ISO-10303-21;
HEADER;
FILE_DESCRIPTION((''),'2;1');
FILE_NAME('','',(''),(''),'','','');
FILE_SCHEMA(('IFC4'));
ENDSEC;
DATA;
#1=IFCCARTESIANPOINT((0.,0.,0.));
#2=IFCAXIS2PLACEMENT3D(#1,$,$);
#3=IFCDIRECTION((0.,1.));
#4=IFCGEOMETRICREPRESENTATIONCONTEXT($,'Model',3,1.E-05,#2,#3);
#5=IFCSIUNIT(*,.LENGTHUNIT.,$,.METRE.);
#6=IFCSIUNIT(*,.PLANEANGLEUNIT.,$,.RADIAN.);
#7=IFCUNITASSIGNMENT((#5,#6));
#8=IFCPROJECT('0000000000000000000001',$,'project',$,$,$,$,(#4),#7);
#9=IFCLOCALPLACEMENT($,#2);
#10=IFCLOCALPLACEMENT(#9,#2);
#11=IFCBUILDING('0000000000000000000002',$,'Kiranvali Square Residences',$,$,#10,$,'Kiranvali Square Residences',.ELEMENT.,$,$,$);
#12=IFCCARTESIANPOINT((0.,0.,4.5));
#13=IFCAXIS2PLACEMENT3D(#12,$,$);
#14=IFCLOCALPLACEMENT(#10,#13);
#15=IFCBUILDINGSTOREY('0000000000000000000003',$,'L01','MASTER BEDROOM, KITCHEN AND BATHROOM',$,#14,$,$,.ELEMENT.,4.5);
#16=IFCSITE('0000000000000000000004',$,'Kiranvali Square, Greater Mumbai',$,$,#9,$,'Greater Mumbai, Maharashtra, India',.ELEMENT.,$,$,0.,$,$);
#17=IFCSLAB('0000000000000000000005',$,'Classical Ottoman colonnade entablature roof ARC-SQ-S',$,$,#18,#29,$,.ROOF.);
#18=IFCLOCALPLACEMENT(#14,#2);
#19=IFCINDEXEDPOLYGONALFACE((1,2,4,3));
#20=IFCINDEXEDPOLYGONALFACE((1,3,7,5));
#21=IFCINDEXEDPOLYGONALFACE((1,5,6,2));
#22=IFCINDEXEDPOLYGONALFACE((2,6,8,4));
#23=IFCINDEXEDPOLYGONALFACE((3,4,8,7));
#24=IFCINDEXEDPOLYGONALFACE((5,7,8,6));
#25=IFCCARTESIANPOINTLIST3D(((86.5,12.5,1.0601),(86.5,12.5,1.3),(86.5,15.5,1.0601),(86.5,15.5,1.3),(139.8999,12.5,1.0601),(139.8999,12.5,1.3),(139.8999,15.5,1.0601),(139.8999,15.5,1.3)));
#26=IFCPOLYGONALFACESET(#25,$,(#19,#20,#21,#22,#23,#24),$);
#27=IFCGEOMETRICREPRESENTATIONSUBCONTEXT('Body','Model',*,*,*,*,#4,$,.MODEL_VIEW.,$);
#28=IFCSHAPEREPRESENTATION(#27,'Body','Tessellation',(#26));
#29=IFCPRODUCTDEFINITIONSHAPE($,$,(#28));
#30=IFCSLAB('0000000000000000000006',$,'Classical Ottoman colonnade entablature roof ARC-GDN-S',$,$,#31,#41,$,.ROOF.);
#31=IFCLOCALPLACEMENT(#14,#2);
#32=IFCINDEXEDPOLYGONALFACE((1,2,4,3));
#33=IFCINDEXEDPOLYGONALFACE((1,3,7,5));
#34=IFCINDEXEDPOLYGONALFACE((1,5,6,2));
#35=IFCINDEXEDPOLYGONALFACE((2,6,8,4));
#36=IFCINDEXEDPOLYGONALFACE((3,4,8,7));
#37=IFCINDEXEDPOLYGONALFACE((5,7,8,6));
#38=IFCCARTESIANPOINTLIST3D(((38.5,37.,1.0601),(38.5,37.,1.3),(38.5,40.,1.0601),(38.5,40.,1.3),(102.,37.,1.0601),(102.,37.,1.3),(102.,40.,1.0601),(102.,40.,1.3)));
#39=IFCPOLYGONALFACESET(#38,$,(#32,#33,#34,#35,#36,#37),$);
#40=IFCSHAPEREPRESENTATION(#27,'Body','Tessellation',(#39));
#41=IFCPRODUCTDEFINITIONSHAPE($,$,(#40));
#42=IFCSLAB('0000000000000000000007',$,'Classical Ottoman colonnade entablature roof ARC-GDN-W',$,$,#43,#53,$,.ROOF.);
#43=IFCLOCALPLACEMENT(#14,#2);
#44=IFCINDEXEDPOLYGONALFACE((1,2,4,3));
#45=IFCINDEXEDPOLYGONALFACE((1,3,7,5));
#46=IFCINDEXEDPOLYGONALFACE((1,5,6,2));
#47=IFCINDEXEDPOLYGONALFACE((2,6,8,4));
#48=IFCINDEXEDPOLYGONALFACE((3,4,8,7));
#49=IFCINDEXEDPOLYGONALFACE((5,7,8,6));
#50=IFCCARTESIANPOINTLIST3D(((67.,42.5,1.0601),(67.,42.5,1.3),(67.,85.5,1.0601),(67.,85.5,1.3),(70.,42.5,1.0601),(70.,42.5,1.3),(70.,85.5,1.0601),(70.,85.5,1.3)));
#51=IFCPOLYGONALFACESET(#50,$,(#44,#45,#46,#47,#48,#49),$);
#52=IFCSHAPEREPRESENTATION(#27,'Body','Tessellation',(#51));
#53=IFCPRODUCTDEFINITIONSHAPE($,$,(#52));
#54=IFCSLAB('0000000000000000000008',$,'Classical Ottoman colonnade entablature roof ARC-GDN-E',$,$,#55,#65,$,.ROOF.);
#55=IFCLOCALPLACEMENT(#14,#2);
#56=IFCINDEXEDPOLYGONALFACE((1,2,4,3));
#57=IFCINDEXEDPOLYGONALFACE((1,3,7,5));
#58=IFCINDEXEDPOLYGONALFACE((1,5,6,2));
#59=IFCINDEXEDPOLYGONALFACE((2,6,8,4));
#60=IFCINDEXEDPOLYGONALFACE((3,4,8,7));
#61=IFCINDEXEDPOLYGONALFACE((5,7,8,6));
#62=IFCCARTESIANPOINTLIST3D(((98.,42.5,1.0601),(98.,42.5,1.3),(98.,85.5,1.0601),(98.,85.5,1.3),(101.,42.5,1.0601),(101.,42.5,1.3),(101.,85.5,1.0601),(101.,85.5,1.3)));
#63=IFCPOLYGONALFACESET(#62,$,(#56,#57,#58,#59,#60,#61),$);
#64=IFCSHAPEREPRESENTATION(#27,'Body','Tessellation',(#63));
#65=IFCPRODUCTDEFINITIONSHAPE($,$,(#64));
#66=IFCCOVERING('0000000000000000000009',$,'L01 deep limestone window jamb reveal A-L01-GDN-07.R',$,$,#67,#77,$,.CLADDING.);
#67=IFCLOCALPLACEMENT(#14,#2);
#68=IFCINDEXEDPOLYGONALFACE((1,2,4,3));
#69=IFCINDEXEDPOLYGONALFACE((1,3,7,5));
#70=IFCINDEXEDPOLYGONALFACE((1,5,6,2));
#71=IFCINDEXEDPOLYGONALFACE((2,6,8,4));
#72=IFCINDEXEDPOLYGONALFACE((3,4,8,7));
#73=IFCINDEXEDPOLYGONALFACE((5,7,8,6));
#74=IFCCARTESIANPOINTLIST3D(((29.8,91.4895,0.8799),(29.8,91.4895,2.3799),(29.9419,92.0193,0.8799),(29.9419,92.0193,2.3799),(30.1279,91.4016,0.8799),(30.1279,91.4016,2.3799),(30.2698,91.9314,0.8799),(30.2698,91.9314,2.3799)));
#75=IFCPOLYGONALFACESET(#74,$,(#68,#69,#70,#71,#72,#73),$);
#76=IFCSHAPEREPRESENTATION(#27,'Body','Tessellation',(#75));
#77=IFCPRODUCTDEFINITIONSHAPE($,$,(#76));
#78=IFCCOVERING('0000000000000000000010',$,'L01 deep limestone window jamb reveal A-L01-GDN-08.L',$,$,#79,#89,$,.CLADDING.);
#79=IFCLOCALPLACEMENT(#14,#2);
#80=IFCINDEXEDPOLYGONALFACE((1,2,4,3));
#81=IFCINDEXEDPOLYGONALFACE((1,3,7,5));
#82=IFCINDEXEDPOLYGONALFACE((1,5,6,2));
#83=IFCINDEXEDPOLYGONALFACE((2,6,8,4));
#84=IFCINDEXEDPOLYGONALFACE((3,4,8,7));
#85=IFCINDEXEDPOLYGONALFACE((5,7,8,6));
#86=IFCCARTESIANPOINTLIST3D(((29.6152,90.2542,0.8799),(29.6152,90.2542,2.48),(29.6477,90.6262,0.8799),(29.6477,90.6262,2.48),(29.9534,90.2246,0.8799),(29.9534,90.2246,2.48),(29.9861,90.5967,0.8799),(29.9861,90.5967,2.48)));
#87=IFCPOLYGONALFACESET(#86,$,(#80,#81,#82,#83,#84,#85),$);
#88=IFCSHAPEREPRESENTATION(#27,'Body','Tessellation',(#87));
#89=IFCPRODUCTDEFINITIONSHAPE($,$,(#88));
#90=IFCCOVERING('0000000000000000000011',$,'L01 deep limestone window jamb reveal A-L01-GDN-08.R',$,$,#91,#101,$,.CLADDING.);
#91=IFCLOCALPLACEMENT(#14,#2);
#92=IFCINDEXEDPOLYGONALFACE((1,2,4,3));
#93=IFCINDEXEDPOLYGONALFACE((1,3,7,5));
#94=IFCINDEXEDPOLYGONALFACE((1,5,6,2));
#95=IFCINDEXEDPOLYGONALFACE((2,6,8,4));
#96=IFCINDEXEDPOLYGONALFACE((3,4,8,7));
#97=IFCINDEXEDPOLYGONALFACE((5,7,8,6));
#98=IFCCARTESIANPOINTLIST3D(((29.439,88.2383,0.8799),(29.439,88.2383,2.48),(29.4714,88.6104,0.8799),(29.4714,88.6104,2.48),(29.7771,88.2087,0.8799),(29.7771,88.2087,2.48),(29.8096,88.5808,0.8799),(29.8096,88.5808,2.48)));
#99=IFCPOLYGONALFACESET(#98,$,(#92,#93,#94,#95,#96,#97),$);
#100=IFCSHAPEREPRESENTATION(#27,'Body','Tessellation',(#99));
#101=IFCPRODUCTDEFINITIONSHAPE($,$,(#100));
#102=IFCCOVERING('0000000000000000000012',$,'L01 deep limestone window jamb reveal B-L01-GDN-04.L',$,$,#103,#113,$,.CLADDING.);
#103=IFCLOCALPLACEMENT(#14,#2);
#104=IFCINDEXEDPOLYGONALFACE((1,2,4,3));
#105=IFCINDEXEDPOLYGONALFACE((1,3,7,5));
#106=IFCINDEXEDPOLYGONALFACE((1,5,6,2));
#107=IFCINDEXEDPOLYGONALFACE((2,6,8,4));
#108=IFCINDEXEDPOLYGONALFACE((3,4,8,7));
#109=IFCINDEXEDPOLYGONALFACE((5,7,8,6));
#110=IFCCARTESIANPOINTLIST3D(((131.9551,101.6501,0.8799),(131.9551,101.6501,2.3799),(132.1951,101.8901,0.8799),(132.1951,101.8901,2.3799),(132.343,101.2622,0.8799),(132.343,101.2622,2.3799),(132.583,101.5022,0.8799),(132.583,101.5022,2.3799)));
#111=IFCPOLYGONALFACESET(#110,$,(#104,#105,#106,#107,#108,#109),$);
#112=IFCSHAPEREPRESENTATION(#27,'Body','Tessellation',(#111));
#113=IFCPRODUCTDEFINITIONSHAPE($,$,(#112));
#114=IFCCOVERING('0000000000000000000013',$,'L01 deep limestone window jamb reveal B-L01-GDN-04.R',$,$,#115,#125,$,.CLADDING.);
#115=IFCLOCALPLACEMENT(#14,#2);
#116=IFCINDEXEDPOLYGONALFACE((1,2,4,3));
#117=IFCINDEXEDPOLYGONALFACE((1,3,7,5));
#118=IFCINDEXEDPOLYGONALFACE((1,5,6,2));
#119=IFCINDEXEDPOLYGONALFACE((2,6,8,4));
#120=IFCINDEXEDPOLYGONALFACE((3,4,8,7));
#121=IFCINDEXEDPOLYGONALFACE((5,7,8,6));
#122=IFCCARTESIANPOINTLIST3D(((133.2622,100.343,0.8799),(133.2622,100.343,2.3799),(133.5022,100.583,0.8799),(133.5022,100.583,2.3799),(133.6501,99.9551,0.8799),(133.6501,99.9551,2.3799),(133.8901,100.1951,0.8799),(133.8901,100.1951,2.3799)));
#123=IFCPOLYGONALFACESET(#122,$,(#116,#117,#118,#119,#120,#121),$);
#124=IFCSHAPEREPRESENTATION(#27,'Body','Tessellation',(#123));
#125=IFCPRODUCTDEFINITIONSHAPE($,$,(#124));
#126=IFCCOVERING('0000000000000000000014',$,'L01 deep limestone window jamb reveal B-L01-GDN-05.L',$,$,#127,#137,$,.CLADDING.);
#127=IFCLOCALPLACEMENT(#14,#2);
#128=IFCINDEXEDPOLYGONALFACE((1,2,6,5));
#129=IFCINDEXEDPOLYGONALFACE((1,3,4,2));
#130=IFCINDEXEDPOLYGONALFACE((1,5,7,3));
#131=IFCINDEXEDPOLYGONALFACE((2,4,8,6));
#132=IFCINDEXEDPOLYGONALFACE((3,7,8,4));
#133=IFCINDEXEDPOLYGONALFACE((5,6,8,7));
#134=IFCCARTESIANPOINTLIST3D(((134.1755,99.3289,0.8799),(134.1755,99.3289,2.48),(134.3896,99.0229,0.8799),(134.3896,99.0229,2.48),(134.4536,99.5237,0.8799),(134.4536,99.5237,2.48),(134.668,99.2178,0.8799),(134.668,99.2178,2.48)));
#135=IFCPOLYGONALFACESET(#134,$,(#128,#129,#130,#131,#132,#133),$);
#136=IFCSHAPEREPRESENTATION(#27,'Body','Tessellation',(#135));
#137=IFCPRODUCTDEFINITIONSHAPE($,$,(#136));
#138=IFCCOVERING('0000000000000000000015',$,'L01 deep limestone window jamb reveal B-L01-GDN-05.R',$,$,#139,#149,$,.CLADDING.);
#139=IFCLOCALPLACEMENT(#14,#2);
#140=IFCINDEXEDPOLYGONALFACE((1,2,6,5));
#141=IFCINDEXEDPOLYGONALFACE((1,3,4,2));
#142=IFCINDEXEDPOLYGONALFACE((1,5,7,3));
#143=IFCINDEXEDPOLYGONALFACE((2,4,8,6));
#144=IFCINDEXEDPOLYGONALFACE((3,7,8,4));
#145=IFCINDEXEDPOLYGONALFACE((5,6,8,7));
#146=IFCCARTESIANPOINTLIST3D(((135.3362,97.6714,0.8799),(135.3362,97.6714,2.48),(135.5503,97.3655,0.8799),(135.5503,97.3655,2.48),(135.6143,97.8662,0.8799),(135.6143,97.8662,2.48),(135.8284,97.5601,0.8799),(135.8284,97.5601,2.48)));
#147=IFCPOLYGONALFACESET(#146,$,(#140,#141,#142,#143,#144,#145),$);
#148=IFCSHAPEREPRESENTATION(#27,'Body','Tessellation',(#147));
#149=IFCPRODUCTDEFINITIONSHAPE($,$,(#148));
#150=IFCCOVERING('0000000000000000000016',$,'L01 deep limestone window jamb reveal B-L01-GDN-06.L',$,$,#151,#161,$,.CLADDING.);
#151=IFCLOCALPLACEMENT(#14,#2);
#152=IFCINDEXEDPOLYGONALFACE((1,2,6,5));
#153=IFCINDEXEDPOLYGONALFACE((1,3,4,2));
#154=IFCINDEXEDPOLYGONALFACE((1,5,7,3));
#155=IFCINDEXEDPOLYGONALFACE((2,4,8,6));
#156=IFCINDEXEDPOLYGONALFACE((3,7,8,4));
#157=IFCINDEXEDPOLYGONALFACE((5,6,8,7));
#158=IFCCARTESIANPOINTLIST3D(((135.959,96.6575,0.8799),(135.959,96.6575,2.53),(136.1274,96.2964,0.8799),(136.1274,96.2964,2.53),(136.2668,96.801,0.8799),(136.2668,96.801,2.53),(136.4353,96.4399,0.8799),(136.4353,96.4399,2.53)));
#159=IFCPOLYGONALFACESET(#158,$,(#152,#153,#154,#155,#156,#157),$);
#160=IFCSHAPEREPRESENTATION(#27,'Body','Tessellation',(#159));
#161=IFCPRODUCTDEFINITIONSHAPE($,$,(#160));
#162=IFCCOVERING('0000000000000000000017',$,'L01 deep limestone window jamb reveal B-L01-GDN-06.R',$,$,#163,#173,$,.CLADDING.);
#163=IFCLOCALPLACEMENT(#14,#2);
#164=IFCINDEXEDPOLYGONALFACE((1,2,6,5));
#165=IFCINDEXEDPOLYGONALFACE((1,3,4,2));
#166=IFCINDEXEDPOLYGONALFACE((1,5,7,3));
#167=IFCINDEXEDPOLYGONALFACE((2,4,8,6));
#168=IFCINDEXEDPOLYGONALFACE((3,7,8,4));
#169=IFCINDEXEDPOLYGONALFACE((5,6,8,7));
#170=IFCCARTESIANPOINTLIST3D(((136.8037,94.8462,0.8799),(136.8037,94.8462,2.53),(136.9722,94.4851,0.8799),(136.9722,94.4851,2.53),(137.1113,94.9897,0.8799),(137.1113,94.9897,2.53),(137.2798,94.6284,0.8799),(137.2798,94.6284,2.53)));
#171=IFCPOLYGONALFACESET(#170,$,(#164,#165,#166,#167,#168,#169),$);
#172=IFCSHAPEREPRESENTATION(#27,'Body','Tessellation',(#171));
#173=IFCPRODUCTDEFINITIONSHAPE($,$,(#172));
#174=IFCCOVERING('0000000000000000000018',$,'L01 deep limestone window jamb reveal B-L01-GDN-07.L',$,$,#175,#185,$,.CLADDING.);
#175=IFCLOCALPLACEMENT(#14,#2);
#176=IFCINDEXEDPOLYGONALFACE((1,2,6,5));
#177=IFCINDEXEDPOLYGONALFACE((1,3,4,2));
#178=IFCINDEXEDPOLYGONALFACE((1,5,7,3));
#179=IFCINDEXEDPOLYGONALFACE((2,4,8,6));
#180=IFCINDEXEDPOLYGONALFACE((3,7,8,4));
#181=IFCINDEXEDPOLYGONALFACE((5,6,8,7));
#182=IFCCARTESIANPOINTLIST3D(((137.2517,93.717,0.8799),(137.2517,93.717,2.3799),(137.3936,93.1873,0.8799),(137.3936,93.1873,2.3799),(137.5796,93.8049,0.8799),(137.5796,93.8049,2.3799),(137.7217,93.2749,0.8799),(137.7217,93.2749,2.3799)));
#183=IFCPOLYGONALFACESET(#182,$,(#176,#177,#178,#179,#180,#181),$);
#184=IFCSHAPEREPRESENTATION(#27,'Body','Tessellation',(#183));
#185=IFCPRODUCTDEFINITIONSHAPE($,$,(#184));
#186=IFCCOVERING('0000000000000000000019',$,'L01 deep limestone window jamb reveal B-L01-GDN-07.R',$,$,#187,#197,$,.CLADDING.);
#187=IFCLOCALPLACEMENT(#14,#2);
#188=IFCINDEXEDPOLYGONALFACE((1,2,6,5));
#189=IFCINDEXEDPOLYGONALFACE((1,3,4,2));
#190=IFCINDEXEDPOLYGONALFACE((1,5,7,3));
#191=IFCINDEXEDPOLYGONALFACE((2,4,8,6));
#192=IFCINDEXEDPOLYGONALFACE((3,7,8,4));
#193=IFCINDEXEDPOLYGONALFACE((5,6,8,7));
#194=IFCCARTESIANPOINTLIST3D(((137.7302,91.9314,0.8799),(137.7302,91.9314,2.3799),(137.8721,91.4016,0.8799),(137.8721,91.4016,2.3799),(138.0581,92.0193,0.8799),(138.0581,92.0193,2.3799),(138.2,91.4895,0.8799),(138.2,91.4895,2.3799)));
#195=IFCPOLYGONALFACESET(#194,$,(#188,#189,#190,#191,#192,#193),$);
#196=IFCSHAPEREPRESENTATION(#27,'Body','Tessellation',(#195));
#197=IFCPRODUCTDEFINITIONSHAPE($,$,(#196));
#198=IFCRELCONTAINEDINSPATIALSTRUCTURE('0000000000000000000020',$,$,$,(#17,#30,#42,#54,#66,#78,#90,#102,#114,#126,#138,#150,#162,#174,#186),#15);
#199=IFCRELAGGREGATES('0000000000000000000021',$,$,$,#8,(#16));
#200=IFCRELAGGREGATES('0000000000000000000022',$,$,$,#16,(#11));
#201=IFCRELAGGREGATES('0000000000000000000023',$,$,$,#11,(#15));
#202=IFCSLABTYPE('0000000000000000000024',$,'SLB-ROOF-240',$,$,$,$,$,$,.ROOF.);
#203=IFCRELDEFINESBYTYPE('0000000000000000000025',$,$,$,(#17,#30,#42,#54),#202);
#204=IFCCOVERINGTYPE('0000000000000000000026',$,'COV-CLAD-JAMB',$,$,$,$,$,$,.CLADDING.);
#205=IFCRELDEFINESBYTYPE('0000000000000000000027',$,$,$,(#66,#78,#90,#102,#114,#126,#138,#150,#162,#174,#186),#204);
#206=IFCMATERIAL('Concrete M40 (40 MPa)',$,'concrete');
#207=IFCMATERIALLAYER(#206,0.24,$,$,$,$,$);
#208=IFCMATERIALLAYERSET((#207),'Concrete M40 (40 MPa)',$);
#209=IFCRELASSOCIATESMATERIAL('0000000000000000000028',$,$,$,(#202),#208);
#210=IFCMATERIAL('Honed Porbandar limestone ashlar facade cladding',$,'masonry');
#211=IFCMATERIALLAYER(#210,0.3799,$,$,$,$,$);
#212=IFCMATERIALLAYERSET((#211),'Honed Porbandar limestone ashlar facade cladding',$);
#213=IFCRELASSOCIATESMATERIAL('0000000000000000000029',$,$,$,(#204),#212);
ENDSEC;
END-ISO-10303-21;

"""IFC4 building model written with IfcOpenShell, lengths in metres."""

from ifc_helpers import new_model, si_unit, direction, frame, origin, place, context, subcontext, project, spatial, polyline, outline, extrude, material, layer, layer_set, type_object, element, save


model = new_model("IFC4")

# Units and contexts
model_context = context("Model", 3, precision=1e-05, world=origin(), true_north=direction((0.0, 1.0)))
body_context = subcontext(model_context, "Body", "Model", "MODEL_VIEW")
ifc_project = project(units=[si_unit("LENGTHUNIT", "METRE"), si_unit("PLANEANGLEUNIT", "RADIAN")], contexts=[model_context])

# Site, building, storey
site_placement = place(None, origin())
site = spatial("IfcSite", under=ifc_project, at=site_placement, Name="Kiranvali Square, Greater Mumbai", LongName="Greater Mumbai, Maharashtra, India", CompositionType="ELEMENT", RefElevation=0.0)
building_placement = place(site_placement, origin())
building = spatial("IfcBuilding", under=site, at=building_placement, Name="Kiranvali Square Residences", LongName="Kiranvali Square Residences", CompositionType="ELEMENT")
storey_placement = place(building_placement, frame((0.0, 0.0, 4.5)))
storey = spatial("IfcBuildingStorey", under=building, at=storey_placement, Name="L01", Description="MASTER BEDROOM, KITCHEN AND BATHROOM", CompositionType="ELEMENT", Elevation=4.5)

# Slabs
ifc_material_1 = material(Name="Concrete M40 (40 MPa)", Category="concrete")
ifc_layer_1 = layer(ifc_material_1, 0.24)
ifc_layer_set_1 = layer_set([ifc_layer_1], Name="Concrete M40 (40 MPa)")
slab_type = type_object("IfcSlabType", Name="SLB-ROOF-240", PredefinedType="ROOF", material=ifc_layer_set_1)
slab_1_placement = place(storey_placement, frame((0.0, 0.0, 1.0601)))
element("IfcSlab", 1, at=slab_1_placement, inside=storey, type_object=slab_type, Name="Classical Ottoman colonnade entablature roof ARC-SQ-S", PredefinedType="ROOF", context=body_context, shape_type="SweptSolid", body=[
    extrude(outline(polyline([(86.5, 12.5), (139.8999, 12.5), (139.8999, 15.5), (86.5, 15.5), (86.5, 12.5)])), origin(), (0.0, 0.0, 1.0), 0.24),
])
slab_2_placement = place(storey_placement, frame((0.0, 0.0, 1.0601)))
element("IfcSlab", 2, at=slab_2_placement, inside=storey, type_object=slab_type, Name="Classical Ottoman colonnade entablature roof ARC-GDN-S", PredefinedType="ROOF", context=body_context, shape_type="SweptSolid", body=[
    extrude(outline(polyline([(38.5, 37.0), (102.0, 37.0), (102.0, 40.0), (38.5, 40.0), (38.5, 37.0)])), origin(), (0.0, 0.0, 1.0), 0.24),
])
slab_3_placement = place(storey_placement, frame((0.0, 0.0, 1.0601)))
element("IfcSlab", 3, at=slab_3_placement, inside=storey, type_object=slab_type, Name="Classical Ottoman colonnade entablature roof ARC-GDN-W", PredefinedType="ROOF", context=body_context, shape_type="SweptSolid", body=[
    extrude(outline(polyline([(67.0, 42.5), (70.0, 42.5), (70.0, 85.5), (67.0, 85.5), (67.0, 42.5)])), origin(), (0.0, 0.0, 1.0), 0.24),
])
slab_4_placement = place(storey_placement, frame((0.0, 0.0, 1.0601)))
element("IfcSlab", 4, at=slab_4_placement, inside=storey, type_object=slab_type, Name="Classical Ottoman colonnade entablature roof ARC-GDN-E", PredefinedType="ROOF", context=body_context, shape_type="SweptSolid", body=[
    extrude(outline(polyline([(98.0, 42.5), (101.0, 42.5), (101.0, 85.5), (98.0, 85.5), (98.0, 42.5)])), origin(), (0.0, 0.0, 1.0), 0.24),
])

# Coverings
ifc_material_2 = material(Name="Honed Porbandar limestone ashlar facade cladding", Category="masonry")
ifc_layer_2 = layer(ifc_material_2, 0.3799)
ifc_layer_set_2 = layer_set([ifc_layer_2], Name="Honed Porbandar limestone ashlar facade cladding")
covering_type_1 = type_object("IfcCoveringType", Name="COV-CLAD-JAMB", PredefinedType="CLADDING", material=ifc_layer_set_2)
covering_1_placement = place(storey_placement, frame((0.0, 0.0, 0.8799)))
element("IfcCovering", 5, at=covering_1_placement, inside=storey, type_object=covering_type_1, Name="L01 deep limestone window jamb reveal A-L01-GDN-07.R", PredefinedType="CLADDING", context=body_context, shape_type="SweptSolid", body=[
    extrude(outline(polyline([(29.9419, 92.0193), (29.8, 91.4895), (30.1279, 91.4016), (30.2698, 91.9314), (29.9419, 92.0193)])), origin(), (0.0, 0.0, 1.0), 1.5),
])
covering_2_placement = place(storey_placement, frame((0.0, 0.0, 0.8799)))
element("IfcCovering", 6, at=covering_2_placement, inside=storey, type_object=covering_type_1, Name="L01 deep limestone window jamb reveal A-L01-GDN-08.L", PredefinedType="CLADDING", context=body_context, shape_type="SweptSolid", body=[
    extrude(outline(polyline([(29.6477, 90.6262), (29.6152, 90.2542), (29.9534, 90.2246), (29.9861, 90.5967), (29.6477, 90.6262)])), origin(), (0.0, 0.0, 1.0), 1.6001),
])
covering_3_placement = place(storey_placement, frame((0.0, 0.0, 0.8799)))
element("IfcCovering", 7, at=covering_3_placement, inside=storey, type_object=covering_type_1, Name="L01 deep limestone window jamb reveal A-L01-GDN-08.R", PredefinedType="CLADDING", context=body_context, shape_type="SweptSolid", body=[
    extrude(outline(polyline([(29.4714, 88.6104), (29.439, 88.2383), (29.7771, 88.2087), (29.8096, 88.5808), (29.4714, 88.6104)])), origin(), (0.0, 0.0, 1.0), 1.6001),
])
covering_4_placement = place(storey_placement, frame((0.0, 0.0, 0.8799)))
element("IfcCovering", 8, at=covering_4_placement, inside=storey, type_object=covering_type_1, Name="L01 deep limestone window jamb reveal B-L01-GDN-04.L", PredefinedType="CLADDING", context=body_context, shape_type="SweptSolid", body=[
    extrude(outline(polyline([(131.9551, 101.6501), (132.343, 101.2622), (132.583, 101.5022), (132.1951, 101.8901), (131.9551, 101.6501)])), origin(), (0.0, 0.0, 1.0), 1.5),
])
covering_5_placement = place(storey_placement, frame((0.0, 0.0, 0.8799)))
element("IfcCovering", 9, at=covering_5_placement, inside=storey, type_object=covering_type_1, Name="L01 deep limestone window jamb reveal B-L01-GDN-04.R", PredefinedType="CLADDING", context=body_context, shape_type="SweptSolid", body=[
    extrude(outline(polyline([(133.2622, 100.343), (133.6501, 99.9551), (133.8901, 100.1951), (133.5022, 100.583), (133.2622, 100.343)])), origin(), (0.0, 0.0, 1.0), 1.5),
])
covering_6_placement = place(storey_placement, frame((0.0, 0.0, 0.8799)))
element("IfcCovering", 10, at=covering_6_placement, inside=storey, type_object=covering_type_1, Name="L01 deep limestone window jamb reveal B-L01-GDN-05.L", PredefinedType="CLADDING", context=body_context, shape_type="SweptSolid", body=[
    extrude(outline(polyline([(134.1755, 99.3289), (134.3896, 99.0229), (134.668, 99.2178), (134.4536, 99.5237), (134.1755, 99.3289)])), origin(), (0.0, 0.0, 1.0), 1.6001),
])
covering_7_placement = place(storey_placement, frame((0.0, 0.0, 0.8799)))
element("IfcCovering", 11, at=covering_7_placement, inside=storey, type_object=covering_type_1, Name="L01 deep limestone window jamb reveal B-L01-GDN-05.R", PredefinedType="CLADDING", context=body_context, shape_type="SweptSolid", body=[
    extrude(outline(polyline([(135.3362, 97.6714), (135.5503, 97.3655), (135.8284, 97.5601), (135.6143, 97.8662), (135.3362, 97.6714)])), origin(), (0.0, 0.0, 1.0), 1.6001),
])
covering_8_placement = place(storey_placement, frame((0.0, 0.0, 0.8799)))
element("IfcCovering", 12, at=covering_8_placement, inside=storey, type_object=covering_type_1, Name="L01 deep limestone window jamb reveal B-L01-GDN-06.L", PredefinedType="CLADDING", context=body_context, shape_type="SweptSolid", body=[
    extrude(outline(polyline([(135.959, 96.6575), (136.1274, 96.2964), (136.4353, 96.4399), (136.2668, 96.801), (135.959, 96.6575)])), origin(), (0.0, 0.0, 1.0), 1.6501),
])
covering_9_placement = place(storey_placement, frame((0.0, 0.0, 0.8799)))
element("IfcCovering", 13, at=covering_9_placement, inside=storey, type_object=covering_type_1, Name="L01 deep limestone window jamb reveal B-L01-GDN-06.R", PredefinedType="CLADDING", context=body_context, shape_type="SweptSolid", body=[
    extrude(outline(polyline([(136.8037, 94.8462), (136.9722, 94.4851), (137.2798, 94.6284), (137.1113, 94.9897), (136.8037, 94.8462)])), origin(), (0.0, 0.0, 1.0), 1.6501),
])
covering_10_placement = place(storey_placement, frame((0.0, 0.0, 0.8799)))
element("IfcCovering", 14, at=covering_10_placement, inside=storey, type_object=covering_type_1, Name="L01 deep limestone window jamb reveal B-L01-GDN-07.L", PredefinedType="CLADDING", context=body_context, shape_type="SweptSolid", body=[
    extrude(outline(polyline([(137.2517, 93.717), (137.3936, 93.1873), (137.7217, 93.2749), (137.5796, 93.8049), (137.2517, 93.717)])), origin(), (0.0, 0.0, 1.0), 1.5),
])
covering_11_placement = place(storey_placement, frame((0.0, 0.0, 0.8799)))
element("IfcCovering", 15, at=covering_11_placement, inside=storey, type_object=covering_type_1, Name="L01 deep limestone window jamb reveal B-L01-GDN-07.R", PredefinedType="CLADDING", context=body_context, shape_type="SweptSolid", body=[
    extrude(outline(polyline([(137.7302, 91.9314), (137.8721, 91.4016), (138.2, 91.4895), (138.0581, 92.0193), (137.7302, 91.9314)])), origin(), (0.0, 0.0, 1.0), 1.5),
])

save(model, "model.ifc")
